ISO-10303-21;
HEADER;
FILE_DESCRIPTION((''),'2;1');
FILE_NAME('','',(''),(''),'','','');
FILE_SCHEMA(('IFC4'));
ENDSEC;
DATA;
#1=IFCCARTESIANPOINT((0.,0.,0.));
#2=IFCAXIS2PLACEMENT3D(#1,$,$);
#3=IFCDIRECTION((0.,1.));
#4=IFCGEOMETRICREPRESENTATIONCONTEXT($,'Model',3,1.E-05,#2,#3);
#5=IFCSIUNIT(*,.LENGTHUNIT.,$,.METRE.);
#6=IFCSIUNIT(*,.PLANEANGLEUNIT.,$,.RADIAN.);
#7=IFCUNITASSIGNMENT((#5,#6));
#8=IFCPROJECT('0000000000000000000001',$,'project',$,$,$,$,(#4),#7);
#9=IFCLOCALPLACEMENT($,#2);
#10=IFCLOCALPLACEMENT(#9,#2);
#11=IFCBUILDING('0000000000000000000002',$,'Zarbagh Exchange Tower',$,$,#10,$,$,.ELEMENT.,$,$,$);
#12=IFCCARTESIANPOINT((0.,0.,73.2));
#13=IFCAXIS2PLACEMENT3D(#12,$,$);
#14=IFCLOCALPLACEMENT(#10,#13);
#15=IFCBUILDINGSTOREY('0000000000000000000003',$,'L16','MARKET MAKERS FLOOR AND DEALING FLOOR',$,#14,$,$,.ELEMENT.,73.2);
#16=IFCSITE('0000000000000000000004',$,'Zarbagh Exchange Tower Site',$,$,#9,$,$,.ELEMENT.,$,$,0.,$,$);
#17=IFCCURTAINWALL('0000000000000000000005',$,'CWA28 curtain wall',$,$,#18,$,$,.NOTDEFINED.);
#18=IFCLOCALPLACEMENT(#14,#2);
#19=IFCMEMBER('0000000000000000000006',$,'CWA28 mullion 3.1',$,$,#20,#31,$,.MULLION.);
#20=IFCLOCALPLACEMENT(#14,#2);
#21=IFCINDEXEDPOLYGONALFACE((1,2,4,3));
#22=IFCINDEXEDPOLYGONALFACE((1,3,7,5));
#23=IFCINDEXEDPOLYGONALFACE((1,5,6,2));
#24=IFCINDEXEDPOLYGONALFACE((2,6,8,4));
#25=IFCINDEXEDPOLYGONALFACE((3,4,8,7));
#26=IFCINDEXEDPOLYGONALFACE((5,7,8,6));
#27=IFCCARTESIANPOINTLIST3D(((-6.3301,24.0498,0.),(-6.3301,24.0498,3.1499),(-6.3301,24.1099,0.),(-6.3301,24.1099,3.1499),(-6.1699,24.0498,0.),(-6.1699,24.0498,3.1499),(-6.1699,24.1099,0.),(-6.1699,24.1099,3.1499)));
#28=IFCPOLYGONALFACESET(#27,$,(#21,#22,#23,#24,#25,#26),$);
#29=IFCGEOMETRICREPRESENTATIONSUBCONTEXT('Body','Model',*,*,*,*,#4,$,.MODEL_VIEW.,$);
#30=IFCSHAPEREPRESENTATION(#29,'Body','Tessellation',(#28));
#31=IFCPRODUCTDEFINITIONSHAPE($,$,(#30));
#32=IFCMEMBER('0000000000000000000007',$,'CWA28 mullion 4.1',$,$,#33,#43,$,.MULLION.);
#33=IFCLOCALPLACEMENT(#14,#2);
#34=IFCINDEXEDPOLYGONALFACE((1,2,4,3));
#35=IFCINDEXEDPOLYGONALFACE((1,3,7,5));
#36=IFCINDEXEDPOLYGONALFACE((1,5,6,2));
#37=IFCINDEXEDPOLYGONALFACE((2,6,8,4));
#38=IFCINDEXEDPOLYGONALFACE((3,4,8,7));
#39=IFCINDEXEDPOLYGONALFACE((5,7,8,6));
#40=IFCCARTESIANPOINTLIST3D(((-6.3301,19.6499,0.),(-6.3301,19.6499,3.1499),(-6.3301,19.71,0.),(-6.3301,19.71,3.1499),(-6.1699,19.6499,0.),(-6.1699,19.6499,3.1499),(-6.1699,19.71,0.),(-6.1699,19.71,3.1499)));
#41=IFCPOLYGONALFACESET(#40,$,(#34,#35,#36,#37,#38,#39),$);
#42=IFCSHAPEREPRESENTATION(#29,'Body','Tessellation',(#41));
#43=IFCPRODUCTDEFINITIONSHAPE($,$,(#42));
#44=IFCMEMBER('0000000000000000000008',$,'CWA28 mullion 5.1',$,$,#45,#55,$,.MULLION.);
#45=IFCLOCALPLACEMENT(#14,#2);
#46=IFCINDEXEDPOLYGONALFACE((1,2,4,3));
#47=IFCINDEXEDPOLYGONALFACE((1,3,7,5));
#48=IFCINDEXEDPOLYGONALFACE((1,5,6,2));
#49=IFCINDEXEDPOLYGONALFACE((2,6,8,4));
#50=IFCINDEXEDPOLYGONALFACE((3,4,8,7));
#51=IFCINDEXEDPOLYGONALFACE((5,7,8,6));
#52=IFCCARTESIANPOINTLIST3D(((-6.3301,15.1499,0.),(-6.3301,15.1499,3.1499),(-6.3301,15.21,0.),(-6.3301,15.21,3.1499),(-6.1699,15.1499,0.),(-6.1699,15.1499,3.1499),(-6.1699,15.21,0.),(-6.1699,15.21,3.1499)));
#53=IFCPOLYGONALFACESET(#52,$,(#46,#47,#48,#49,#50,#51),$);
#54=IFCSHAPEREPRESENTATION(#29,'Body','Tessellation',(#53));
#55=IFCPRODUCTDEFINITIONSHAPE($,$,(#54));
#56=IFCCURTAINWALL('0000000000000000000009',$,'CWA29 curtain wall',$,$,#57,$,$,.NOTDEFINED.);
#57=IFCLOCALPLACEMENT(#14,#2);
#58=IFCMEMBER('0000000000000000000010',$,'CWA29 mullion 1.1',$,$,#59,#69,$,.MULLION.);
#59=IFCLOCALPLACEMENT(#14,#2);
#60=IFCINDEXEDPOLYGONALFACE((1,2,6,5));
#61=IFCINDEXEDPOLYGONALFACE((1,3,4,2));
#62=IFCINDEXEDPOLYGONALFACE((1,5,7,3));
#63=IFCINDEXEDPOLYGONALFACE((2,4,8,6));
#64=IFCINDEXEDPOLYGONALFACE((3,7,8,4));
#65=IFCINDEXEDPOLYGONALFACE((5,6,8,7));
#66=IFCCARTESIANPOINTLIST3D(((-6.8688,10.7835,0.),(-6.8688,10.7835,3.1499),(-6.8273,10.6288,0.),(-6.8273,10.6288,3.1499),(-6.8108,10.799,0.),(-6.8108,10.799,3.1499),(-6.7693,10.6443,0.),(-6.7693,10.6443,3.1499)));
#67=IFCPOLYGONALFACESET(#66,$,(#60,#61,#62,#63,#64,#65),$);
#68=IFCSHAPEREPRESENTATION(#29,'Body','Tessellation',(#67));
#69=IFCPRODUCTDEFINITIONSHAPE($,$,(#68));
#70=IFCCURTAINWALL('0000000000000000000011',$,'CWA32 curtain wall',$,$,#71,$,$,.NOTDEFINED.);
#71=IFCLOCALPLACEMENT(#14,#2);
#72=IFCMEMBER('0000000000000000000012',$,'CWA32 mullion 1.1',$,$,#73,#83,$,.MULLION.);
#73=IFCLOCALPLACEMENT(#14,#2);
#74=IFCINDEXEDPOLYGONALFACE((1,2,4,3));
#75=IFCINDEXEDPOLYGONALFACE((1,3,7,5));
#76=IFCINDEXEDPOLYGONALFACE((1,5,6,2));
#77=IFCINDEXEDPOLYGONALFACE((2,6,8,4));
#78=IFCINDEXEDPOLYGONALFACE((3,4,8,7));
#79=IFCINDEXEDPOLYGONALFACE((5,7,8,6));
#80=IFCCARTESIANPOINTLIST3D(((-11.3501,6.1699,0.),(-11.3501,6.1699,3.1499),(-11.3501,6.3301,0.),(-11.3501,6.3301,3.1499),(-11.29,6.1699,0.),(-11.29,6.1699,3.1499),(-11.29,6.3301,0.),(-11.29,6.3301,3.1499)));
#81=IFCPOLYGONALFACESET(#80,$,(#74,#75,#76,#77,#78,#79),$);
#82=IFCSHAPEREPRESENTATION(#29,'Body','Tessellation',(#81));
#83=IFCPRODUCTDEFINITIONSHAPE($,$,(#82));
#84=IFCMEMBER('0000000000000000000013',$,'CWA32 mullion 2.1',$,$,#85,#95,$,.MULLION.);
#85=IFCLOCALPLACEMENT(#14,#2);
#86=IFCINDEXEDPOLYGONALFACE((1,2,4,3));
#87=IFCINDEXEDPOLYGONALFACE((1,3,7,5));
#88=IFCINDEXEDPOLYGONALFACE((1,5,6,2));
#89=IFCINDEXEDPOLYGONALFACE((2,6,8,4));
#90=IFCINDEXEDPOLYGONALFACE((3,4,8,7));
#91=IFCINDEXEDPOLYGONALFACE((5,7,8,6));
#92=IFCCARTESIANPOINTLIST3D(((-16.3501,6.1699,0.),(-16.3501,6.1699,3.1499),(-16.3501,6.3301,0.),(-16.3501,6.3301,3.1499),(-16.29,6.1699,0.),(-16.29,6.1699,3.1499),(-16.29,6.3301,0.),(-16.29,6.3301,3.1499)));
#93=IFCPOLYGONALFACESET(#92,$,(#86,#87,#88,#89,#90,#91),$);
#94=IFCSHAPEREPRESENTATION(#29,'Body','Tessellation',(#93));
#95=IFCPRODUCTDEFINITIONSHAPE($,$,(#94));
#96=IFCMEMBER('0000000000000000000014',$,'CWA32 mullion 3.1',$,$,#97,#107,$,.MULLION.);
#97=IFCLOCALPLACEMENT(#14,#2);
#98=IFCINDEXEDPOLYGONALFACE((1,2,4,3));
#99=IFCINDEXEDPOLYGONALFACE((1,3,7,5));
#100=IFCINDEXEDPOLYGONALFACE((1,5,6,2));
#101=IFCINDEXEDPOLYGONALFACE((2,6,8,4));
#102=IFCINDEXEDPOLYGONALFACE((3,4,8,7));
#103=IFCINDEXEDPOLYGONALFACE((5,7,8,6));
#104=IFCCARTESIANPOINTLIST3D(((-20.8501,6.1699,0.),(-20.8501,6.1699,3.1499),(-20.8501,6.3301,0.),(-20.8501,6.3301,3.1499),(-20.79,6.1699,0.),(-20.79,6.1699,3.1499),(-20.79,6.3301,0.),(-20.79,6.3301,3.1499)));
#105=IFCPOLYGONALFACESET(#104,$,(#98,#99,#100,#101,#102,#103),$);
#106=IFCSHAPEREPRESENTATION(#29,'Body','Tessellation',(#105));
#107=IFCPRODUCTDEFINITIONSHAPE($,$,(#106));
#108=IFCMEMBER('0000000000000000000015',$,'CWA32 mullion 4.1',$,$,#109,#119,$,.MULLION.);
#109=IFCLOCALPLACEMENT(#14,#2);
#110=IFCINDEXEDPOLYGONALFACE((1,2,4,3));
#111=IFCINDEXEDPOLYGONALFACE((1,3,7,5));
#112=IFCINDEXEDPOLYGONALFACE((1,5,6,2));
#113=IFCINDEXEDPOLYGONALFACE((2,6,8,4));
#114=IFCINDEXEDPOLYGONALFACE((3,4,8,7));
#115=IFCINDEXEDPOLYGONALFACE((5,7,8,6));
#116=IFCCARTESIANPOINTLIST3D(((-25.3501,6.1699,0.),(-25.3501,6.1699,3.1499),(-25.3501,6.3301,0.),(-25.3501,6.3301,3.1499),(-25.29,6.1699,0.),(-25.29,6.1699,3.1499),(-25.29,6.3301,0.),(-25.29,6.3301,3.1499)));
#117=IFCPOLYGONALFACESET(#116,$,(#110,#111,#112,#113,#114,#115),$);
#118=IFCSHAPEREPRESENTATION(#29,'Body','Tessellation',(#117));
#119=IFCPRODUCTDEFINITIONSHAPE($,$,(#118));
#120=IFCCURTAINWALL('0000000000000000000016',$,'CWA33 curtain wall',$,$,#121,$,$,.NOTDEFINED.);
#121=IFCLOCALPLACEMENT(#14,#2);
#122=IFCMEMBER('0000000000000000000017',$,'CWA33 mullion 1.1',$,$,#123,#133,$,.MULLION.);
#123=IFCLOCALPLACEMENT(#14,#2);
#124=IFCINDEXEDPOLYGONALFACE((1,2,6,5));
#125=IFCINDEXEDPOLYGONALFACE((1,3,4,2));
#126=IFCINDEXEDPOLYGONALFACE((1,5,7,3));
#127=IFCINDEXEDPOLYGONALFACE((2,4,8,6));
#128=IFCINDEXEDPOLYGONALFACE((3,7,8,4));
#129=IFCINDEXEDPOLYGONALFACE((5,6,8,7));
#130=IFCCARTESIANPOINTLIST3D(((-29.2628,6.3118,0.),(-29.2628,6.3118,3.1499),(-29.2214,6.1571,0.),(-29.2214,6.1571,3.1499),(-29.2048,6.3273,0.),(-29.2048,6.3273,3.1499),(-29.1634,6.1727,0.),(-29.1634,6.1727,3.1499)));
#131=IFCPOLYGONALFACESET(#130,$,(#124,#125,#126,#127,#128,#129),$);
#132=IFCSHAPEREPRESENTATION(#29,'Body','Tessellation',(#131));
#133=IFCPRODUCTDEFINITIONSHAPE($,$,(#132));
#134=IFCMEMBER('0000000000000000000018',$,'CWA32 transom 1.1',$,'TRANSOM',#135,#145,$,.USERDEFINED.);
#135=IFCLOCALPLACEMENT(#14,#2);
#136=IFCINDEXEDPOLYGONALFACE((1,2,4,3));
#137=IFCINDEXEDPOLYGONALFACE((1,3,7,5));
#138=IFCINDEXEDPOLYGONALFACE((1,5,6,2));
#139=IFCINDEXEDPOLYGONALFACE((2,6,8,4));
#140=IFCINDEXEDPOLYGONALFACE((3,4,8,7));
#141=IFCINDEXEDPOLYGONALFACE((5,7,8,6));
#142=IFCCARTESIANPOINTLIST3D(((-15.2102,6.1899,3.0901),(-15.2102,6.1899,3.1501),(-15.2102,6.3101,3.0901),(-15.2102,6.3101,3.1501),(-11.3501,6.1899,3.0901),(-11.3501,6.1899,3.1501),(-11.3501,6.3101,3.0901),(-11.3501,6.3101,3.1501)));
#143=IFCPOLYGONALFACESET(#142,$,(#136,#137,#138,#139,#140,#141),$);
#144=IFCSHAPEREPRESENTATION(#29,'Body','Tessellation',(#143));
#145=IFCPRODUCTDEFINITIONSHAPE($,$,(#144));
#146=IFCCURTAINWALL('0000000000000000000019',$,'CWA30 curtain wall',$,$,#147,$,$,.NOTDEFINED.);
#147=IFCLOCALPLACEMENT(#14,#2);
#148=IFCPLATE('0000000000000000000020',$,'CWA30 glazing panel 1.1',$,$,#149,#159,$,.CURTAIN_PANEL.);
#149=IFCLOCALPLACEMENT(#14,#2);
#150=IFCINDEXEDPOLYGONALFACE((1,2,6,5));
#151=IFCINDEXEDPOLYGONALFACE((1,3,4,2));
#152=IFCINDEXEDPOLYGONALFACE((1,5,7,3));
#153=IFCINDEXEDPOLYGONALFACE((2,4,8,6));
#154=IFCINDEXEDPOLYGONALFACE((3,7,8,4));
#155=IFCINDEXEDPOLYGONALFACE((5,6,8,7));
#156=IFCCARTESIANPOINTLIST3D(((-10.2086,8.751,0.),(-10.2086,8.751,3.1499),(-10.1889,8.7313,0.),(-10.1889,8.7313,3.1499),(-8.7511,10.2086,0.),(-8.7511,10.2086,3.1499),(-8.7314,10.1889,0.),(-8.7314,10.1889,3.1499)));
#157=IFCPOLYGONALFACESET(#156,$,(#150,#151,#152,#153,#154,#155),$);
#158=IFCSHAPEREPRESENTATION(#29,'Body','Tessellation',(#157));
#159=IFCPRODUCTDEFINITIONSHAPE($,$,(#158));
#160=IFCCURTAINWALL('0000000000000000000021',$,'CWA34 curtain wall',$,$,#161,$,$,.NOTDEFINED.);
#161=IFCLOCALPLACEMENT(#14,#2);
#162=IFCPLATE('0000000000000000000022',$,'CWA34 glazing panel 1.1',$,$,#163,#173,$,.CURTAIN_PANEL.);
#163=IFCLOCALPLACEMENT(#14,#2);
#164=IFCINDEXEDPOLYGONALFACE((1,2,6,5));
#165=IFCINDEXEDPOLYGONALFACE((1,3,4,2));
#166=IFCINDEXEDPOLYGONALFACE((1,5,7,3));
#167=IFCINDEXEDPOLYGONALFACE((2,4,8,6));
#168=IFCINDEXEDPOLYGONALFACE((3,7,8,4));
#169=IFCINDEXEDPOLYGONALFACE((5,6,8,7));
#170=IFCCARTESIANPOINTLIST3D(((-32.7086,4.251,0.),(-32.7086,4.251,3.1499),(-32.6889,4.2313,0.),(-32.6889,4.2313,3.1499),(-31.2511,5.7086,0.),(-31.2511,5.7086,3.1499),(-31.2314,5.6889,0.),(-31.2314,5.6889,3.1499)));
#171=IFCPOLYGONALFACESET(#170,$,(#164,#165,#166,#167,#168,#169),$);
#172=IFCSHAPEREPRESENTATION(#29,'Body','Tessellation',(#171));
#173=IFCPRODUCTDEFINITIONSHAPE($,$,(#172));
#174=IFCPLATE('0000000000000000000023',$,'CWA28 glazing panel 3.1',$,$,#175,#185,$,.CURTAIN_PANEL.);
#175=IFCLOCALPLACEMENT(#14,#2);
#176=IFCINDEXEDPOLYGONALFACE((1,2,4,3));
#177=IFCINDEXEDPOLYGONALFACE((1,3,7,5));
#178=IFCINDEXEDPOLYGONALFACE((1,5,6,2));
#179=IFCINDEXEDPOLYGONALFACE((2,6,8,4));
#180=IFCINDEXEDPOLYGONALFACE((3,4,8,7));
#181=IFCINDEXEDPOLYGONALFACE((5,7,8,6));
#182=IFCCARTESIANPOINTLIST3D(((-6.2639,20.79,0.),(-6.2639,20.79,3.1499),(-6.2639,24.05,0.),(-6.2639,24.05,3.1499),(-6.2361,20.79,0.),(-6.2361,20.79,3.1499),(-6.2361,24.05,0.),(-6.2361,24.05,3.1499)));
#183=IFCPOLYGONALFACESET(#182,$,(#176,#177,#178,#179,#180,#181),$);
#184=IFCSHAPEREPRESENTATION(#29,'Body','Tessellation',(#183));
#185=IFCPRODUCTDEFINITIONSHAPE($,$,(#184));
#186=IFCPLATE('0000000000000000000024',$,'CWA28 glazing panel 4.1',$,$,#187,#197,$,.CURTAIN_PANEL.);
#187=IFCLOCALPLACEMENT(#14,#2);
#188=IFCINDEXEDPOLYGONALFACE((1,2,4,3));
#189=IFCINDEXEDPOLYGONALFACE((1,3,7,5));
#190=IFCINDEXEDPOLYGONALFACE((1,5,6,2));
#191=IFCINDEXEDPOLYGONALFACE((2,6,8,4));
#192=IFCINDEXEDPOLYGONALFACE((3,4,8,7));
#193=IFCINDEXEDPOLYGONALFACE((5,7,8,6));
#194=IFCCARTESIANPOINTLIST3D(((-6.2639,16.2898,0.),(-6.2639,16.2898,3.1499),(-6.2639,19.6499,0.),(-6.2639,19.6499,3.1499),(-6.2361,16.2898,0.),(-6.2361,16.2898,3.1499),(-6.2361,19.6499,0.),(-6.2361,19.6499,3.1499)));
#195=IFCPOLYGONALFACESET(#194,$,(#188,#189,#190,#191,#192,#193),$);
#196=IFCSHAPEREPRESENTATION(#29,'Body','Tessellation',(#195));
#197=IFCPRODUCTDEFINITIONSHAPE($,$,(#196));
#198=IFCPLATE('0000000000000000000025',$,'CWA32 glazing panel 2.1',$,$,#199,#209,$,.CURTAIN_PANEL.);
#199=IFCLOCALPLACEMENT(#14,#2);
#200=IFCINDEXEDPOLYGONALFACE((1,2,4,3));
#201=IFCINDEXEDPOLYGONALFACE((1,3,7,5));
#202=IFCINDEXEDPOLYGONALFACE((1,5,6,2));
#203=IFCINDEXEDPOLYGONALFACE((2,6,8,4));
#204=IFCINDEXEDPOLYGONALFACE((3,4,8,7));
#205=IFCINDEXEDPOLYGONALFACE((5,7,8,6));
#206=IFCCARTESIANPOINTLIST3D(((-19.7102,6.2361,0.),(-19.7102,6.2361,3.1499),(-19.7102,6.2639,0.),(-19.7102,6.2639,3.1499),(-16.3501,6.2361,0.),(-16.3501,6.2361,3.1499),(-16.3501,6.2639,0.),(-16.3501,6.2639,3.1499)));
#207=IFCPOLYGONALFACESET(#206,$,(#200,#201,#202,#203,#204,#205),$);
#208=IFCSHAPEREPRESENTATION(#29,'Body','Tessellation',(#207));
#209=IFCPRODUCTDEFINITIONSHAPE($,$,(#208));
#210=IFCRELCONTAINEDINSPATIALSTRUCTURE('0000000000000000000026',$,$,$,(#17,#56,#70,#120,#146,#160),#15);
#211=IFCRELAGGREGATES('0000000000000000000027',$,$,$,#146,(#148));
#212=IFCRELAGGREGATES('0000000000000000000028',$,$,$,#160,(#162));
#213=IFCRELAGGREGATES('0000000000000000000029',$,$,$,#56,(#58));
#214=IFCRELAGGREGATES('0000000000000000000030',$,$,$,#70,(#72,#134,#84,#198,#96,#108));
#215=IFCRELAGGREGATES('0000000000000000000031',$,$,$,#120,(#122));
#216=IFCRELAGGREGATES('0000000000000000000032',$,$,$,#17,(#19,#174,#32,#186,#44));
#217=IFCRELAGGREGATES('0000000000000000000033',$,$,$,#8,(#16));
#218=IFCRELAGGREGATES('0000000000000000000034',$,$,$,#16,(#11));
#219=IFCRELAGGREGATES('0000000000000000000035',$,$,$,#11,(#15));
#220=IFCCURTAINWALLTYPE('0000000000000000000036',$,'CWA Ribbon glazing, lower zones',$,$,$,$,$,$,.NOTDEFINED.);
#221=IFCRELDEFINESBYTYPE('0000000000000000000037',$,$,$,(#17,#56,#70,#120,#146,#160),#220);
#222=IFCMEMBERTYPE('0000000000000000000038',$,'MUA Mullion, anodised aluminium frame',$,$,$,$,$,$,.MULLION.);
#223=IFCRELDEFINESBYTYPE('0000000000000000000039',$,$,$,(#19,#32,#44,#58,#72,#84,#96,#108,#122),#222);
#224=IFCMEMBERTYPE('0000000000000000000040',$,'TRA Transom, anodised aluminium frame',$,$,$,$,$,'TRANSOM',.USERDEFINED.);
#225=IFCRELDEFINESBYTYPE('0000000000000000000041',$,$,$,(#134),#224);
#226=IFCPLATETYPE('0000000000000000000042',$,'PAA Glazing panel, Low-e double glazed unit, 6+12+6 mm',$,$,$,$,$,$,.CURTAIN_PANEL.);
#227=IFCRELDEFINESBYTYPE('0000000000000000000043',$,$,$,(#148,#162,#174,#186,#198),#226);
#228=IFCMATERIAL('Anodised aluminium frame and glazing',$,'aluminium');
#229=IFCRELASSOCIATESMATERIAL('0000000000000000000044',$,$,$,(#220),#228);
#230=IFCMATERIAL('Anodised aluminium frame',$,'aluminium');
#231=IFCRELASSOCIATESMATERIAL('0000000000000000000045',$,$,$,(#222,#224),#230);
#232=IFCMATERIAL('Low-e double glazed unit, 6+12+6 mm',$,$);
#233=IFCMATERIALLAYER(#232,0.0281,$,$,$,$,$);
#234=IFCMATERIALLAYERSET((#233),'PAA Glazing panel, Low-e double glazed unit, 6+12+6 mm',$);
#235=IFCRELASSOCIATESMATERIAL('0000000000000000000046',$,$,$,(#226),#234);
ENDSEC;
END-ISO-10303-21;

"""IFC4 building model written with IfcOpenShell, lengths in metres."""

from ifc_helpers import new_model, si_unit, direction, frame, origin, place, context, subcontext, project, spatial, polyline, outline, extrude, source, transform, mapped, material, layer, layer_set, type_object, element, aggregate, save


model = new_model("IFC4")

# Units and contexts
model_context = context("Model", 3, precision=1e-05, world=origin(), true_north=direction((0.0, 1.0)))
body_context = subcontext(model_context, "Body", "Model", "MODEL_VIEW")
ifc_project = project(units=[si_unit("LENGTHUNIT", "METRE"), si_unit("PLANEANGLEUNIT", "RADIAN")], contexts=[model_context])

# Site, building, storey
site_placement = place(None, origin())
site = spatial("IfcSite", under=ifc_project, at=site_placement, Name="Zarbagh Exchange Tower Site", CompositionType="ELEMENT", RefElevation=0.0)
building_placement = place(site_placement, origin())
building = spatial("IfcBuilding", under=site, at=building_placement, Name="Zarbagh Exchange Tower", CompositionType="ELEMENT")
storey_placement = place(building_placement, frame((0.0, 0.0, 73.2)))
storey = spatial("IfcBuildingStorey", under=building, at=storey_placement, Name="L16", Description="MARKET MAKERS FLOOR AND DEALING FLOOR", CompositionType="ELEMENT", Elevation=73.2)

# Curtain wall, members
ifc_material_1 = material(Name="Anodised aluminium frame and glazing", Category="aluminium")
curtain_wall_type = type_object("IfcCurtainWallType", Name="CWA Ribbon glazing, lower zones", PredefinedType="NOTDEFINED", material=ifc_material_1)
curtain_wall_1_placement = place(storey_placement, origin())
curtain_wall_1 = element("IfcCurtainWall", 1, at=curtain_wall_1_placement, inside=storey, type_object=curtain_wall_type, Name="CWA28 curtain wall", PredefinedType="NOTDEFINED")
ifc_material_2 = material(Name="Anodised aluminium frame", Category="aluminium")
member_type_1 = type_object("IfcMemberType", Name="MUA Mullion, anodised aluminium frame", PredefinedType="MULLION", material=ifc_material_2)
shared_shape_1 = source(origin(), body_context, "Body", "SweptSolid", [
    extrude(outline(polyline([(0.0, -0.0801), (0.0601, -0.0801), (0.0601, 0.0801), (0.0, 0.0801), (0.0, -0.0801)])), origin(), (0.0, 0.0, 1.0), 3.1499),
])
placement = place(storey_placement, origin())
member_1 = element("IfcMember", 2, at=placement, type_object=member_type_1, Name="CWA28 mullion 3.1", PredefinedType="MULLION", context=body_context, shape_type="MappedRepresentation", body=[
    mapped(shared_shape_1, transform((-6.25, 24.1099, 0.0), x_axis=(0.0, -1.0, 0.0), y_axis=(1.0, 0.0, 0.0), z_axis=(0.0, 0.0, 1.0))),
])
member_2 = element("IfcMember", 3, at=placement, type_object=member_type_1, Name="CWA28 mullion 4.1", PredefinedType="MULLION", context=body_context, shape_type="MappedRepresentation", body=[
    mapped(shared_shape_1, transform((-6.25, 19.71, 0.0), x_axis=(0.0, -1.0, 0.0), y_axis=(1.0, 0.0, 0.0), z_axis=(0.0, 0.0, 1.0))),
])
member_3 = element("IfcMember", 4, at=placement, type_object=member_type_1, Name="CWA28 mullion 5.1", PredefinedType="MULLION", context=body_context, shape_type="MappedRepresentation", body=[
    mapped(shared_shape_1, transform((-6.25, 15.21, 0.0), x_axis=(0.0, -1.0, 0.0), y_axis=(1.0, 0.0, 0.0), z_axis=(0.0, 0.0, 1.0))),
])

# Curtain wall, member
curtain_wall_2_placement = place(storey_placement, origin())
curtain_wall_2 = element("IfcCurtainWall", 5, at=curtain_wall_2_placement, inside=storey, type_object=curtain_wall_type, Name="CWA29 curtain wall", PredefinedType="NOTDEFINED")
member_4 = element("IfcMember", 6, at=placement, type_object=member_type_1, Name="CWA29 mullion 1.1", PredefinedType="MULLION", context=body_context, shape_type="MappedRepresentation", body=[
    mapped(shared_shape_1, transform((-6.79, 10.7217, 0.0), x_axis=(-0.965924, -0.258825, 0.0), y_axis=(0.258825, -0.965924, 0.0), z_axis=(0.0, 0.0, 1.0))),
])

# Curtain wall, members
curtain_wall_3_placement = place(storey_placement, origin())
curtain_wall_3 = element("IfcCurtainWall", 7, at=curtain_wall_3_placement, inside=storey, type_object=curtain_wall_type, Name="CWA32 curtain wall", PredefinedType="NOTDEFINED")
member_5 = element("IfcMember", 8, at=placement, type_object=member_type_1, Name="CWA32 mullion 1.1", PredefinedType="MULLION", context=body_context, shape_type="MappedRepresentation", body=[
    mapped(shared_shape_1, transform((-11.29, 6.25, 0.0), x_axis=(-1.0, 0.0, 0.0), y_axis=(0.0, -1.0, 0.0), z_axis=(0.0, 0.0, 1.0))),
])
member_6 = element("IfcMember", 9, at=placement, type_object=member_type_1, Name="CWA32 mullion 2.1", PredefinedType="MULLION", context=body_context, shape_type="MappedRepresentation", body=[
    mapped(shared_shape_1, transform((-16.29, 6.25, 0.0), x_axis=(-1.0, 0.0, 0.0), y_axis=(0.0, -1.0, 0.0), z_axis=(0.0, 0.0, 1.0))),
])
member_7 = element("IfcMember", 10, at=placement, type_object=member_type_1, Name="CWA32 mullion 3.1", PredefinedType="MULLION", context=body_context, shape_type="MappedRepresentation", body=[
    mapped(shared_shape_1, transform((-20.79, 6.25, 0.0), x_axis=(-1.0, 0.0, 0.0), y_axis=(0.0, -1.0, 0.0), z_axis=(0.0, 0.0, 1.0))),
])
member_8 = element("IfcMember", 11, at=placement, type_object=member_type_1, Name="CWA32 mullion 4.1", PredefinedType="MULLION", context=body_context, shape_type="MappedRepresentation", body=[
    mapped(shared_shape_1, transform((-25.29, 6.25, 0.0), x_axis=(-1.0, 0.0, 0.0), y_axis=(0.0, -1.0, 0.0), z_axis=(0.0, 0.0, 1.0))),
])

# Curtain wall, member
curtain_wall_4_placement = place(storey_placement, origin())
curtain_wall_4 = element("IfcCurtainWall", 12, at=curtain_wall_4_placement, inside=storey, type_object=curtain_wall_type, Name="CWA33 curtain wall", PredefinedType="NOTDEFINED")
member_9 = element("IfcMember", 13, at=placement, type_object=member_type_1, Name="CWA33 mullion 1.1", PredefinedType="MULLION", context=body_context, shape_type="MappedRepresentation", body=[
    mapped(shared_shape_1, transform((-29.1841, 6.25, 0.0), x_axis=(-0.965924, -0.258825, 0.0), y_axis=(0.258825, -0.965924, 0.0), z_axis=(0.0, 0.0, 1.0))),
])

# Member
member_type_2 = type_object("IfcMemberType", Name="TRA Transom, anodised aluminium frame", ElementType="TRANSOM", PredefinedType="USERDEFINED", material=ifc_material_2)
shared_shape_2 = source(origin(), body_context, "Body", "SweptSolid", [
    extrude(outline(polyline([(-0.0601, -0.0601), (0.0, -0.0601), (0.0, 0.0601), (-0.0601, 0.0601), (-0.0601, -0.0601)])), origin(), (0.0, 0.0, 1.0), 3.8601),
])
member_10 = element("IfcMember", 14, at=placement, type_object=member_type_2, Name="CWA32 transom 1.1", ObjectType="TRANSOM", PredefinedType="USERDEFINED", context=body_context, shape_type="MappedRepresentation", body=[
    mapped(shared_shape_2, transform((-11.3501, 6.25, 3.1501), x_axis=(0.0, 0.0, 1.0), y_axis=(0.0, 1.0, 0.0), z_axis=(-1.0, 0.0, 0.0))),
])

# Curtain walls, plates
curtain_wall_5_placement = place(storey_placement, origin())
curtain_wall_5 = element("IfcCurtainWall", 15, at=curtain_wall_5_placement, inside=storey, type_object=curtain_wall_type, Name="CWA30 curtain wall", PredefinedType="NOTDEFINED")
ifc_material_3 = material(Name="Low-e double glazed unit, 6+12+6 mm")
ifc_layer = layer(ifc_material_3, 0.0281)
ifc_layer_set = layer_set([ifc_layer], Name="PAA Glazing panel, Low-e double glazed unit, 6+12+6 mm")
plate_type = type_object("IfcPlateType", Name="PAA Glazing panel, Low-e double glazed unit, 6+12+6 mm", PredefinedType="CURTAIN_PANEL", material=ifc_layer_set)
shared_shape_3 = source(origin(), body_context, "Body", "SweptSolid", [
    extrude(outline(polyline([(0.0, -0.0139), (2.0613, -0.0139), (2.0613, 0.0139), (0.0, 0.0139), (0.0, -0.0139)])), origin(), (0.0, 0.0, 1.0), 3.1499),
])
plate_1 = element("IfcPlate", 16, at=placement, type_object=plate_type, Name="CWA30 glazing panel 1.1", PredefinedType="CURTAIN_PANEL", context=body_context, shape_type="MappedRepresentation", body=[
    mapped(shared_shape_3, transform((-8.7412, 10.1987, 0.0), x_axis=(-0.707107, -0.707107, 0.0), y_axis=(0.707107, -0.707107, 0.0), z_axis=(0.0, 0.0, 1.0))),
])
aggregate(curtain_wall_5, [plate_1])
curtain_wall_6_placement = place(storey_placement, origin())
curtain_wall_6 = element("IfcCurtainWall", 17, at=curtain_wall_6_placement, inside=storey, type_object=curtain_wall_type, Name="CWA34 curtain wall", PredefinedType="NOTDEFINED")
plate_2 = element("IfcPlate", 18, at=placement, type_object=plate_type, Name="CWA34 glazing panel 1.1", PredefinedType="CURTAIN_PANEL", context=body_context, shape_type="MappedRepresentation", body=[
    mapped(shared_shape_3, transform((-31.2412, 5.6987, 0.0), x_axis=(-0.707107, -0.707107, 0.0), y_axis=(0.707107, -0.707107, 0.0), z_axis=(0.0, 0.0, 1.0))),
])
aggregate(curtain_wall_6, [plate_2])

# Plates
shared_shape_4 = source(origin(), body_context, "Body", "SweptSolid", [
    extrude(outline(polyline([(0.0, -0.0139), (3.26, -0.0139), (3.26, 0.0139), (0.0, 0.0139), (0.0, -0.0139)])), origin(), (0.0, 0.0, 1.0), 3.1499),
])
plate_3 = element("IfcPlate", 19, at=placement, type_object=plate_type, Name="CWA28 glazing panel 3.1", PredefinedType="CURTAIN_PANEL", context=body_context, shape_type="MappedRepresentation", body=[
    mapped(shared_shape_4, transform((-6.25, 24.05, 0.0), x_axis=(0.0, -1.0, 0.0), y_axis=(1.0, 0.0, 0.0), z_axis=(0.0, 0.0, 1.0))),
])
shared_shape_5 = source(origin(), body_context, "Body", "SweptSolid", [
    extrude(outline(polyline([(0.0, -0.0139), (3.3601, -0.0139), (3.3601, 0.0139), (0.0, 0.0139), (0.0, -0.0139)])), origin(), (0.0, 0.0, 1.0), 3.1499),
])
plate_4 = element("IfcPlate", 20, at=placement, type_object=plate_type, Name="CWA28 glazing panel 4.1", PredefinedType="CURTAIN_PANEL", context=body_context, shape_type="MappedRepresentation", body=[
    mapped(shared_shape_5, transform((-6.25, 19.6499, 0.0), x_axis=(0.0, -1.0, 0.0), y_axis=(1.0, 0.0, 0.0), z_axis=(0.0, 0.0, 1.0))),
])
plate_5 = element("IfcPlate", 21, at=placement, type_object=plate_type, Name="CWA32 glazing panel 2.1", PredefinedType="CURTAIN_PANEL", context=body_context, shape_type="MappedRepresentation", body=[
    mapped(shared_shape_5, transform((-16.3501, 6.25, 0.0), x_axis=(-1.0, 0.0, 0.0), y_axis=(0.0, -1.0, 0.0), z_axis=(0.0, 0.0, 1.0))),
])
aggregate(curtain_wall_2, [member_4])

aggregate(curtain_wall_3, [member_5, member_10, member_6, plate_5, member_7, member_8])
aggregate(curtain_wall_4, [member_9])

aggregate(curtain_wall_1, [member_1, plate_3, member_2, plate_4, member_3])

save(model, "model.ifc")
